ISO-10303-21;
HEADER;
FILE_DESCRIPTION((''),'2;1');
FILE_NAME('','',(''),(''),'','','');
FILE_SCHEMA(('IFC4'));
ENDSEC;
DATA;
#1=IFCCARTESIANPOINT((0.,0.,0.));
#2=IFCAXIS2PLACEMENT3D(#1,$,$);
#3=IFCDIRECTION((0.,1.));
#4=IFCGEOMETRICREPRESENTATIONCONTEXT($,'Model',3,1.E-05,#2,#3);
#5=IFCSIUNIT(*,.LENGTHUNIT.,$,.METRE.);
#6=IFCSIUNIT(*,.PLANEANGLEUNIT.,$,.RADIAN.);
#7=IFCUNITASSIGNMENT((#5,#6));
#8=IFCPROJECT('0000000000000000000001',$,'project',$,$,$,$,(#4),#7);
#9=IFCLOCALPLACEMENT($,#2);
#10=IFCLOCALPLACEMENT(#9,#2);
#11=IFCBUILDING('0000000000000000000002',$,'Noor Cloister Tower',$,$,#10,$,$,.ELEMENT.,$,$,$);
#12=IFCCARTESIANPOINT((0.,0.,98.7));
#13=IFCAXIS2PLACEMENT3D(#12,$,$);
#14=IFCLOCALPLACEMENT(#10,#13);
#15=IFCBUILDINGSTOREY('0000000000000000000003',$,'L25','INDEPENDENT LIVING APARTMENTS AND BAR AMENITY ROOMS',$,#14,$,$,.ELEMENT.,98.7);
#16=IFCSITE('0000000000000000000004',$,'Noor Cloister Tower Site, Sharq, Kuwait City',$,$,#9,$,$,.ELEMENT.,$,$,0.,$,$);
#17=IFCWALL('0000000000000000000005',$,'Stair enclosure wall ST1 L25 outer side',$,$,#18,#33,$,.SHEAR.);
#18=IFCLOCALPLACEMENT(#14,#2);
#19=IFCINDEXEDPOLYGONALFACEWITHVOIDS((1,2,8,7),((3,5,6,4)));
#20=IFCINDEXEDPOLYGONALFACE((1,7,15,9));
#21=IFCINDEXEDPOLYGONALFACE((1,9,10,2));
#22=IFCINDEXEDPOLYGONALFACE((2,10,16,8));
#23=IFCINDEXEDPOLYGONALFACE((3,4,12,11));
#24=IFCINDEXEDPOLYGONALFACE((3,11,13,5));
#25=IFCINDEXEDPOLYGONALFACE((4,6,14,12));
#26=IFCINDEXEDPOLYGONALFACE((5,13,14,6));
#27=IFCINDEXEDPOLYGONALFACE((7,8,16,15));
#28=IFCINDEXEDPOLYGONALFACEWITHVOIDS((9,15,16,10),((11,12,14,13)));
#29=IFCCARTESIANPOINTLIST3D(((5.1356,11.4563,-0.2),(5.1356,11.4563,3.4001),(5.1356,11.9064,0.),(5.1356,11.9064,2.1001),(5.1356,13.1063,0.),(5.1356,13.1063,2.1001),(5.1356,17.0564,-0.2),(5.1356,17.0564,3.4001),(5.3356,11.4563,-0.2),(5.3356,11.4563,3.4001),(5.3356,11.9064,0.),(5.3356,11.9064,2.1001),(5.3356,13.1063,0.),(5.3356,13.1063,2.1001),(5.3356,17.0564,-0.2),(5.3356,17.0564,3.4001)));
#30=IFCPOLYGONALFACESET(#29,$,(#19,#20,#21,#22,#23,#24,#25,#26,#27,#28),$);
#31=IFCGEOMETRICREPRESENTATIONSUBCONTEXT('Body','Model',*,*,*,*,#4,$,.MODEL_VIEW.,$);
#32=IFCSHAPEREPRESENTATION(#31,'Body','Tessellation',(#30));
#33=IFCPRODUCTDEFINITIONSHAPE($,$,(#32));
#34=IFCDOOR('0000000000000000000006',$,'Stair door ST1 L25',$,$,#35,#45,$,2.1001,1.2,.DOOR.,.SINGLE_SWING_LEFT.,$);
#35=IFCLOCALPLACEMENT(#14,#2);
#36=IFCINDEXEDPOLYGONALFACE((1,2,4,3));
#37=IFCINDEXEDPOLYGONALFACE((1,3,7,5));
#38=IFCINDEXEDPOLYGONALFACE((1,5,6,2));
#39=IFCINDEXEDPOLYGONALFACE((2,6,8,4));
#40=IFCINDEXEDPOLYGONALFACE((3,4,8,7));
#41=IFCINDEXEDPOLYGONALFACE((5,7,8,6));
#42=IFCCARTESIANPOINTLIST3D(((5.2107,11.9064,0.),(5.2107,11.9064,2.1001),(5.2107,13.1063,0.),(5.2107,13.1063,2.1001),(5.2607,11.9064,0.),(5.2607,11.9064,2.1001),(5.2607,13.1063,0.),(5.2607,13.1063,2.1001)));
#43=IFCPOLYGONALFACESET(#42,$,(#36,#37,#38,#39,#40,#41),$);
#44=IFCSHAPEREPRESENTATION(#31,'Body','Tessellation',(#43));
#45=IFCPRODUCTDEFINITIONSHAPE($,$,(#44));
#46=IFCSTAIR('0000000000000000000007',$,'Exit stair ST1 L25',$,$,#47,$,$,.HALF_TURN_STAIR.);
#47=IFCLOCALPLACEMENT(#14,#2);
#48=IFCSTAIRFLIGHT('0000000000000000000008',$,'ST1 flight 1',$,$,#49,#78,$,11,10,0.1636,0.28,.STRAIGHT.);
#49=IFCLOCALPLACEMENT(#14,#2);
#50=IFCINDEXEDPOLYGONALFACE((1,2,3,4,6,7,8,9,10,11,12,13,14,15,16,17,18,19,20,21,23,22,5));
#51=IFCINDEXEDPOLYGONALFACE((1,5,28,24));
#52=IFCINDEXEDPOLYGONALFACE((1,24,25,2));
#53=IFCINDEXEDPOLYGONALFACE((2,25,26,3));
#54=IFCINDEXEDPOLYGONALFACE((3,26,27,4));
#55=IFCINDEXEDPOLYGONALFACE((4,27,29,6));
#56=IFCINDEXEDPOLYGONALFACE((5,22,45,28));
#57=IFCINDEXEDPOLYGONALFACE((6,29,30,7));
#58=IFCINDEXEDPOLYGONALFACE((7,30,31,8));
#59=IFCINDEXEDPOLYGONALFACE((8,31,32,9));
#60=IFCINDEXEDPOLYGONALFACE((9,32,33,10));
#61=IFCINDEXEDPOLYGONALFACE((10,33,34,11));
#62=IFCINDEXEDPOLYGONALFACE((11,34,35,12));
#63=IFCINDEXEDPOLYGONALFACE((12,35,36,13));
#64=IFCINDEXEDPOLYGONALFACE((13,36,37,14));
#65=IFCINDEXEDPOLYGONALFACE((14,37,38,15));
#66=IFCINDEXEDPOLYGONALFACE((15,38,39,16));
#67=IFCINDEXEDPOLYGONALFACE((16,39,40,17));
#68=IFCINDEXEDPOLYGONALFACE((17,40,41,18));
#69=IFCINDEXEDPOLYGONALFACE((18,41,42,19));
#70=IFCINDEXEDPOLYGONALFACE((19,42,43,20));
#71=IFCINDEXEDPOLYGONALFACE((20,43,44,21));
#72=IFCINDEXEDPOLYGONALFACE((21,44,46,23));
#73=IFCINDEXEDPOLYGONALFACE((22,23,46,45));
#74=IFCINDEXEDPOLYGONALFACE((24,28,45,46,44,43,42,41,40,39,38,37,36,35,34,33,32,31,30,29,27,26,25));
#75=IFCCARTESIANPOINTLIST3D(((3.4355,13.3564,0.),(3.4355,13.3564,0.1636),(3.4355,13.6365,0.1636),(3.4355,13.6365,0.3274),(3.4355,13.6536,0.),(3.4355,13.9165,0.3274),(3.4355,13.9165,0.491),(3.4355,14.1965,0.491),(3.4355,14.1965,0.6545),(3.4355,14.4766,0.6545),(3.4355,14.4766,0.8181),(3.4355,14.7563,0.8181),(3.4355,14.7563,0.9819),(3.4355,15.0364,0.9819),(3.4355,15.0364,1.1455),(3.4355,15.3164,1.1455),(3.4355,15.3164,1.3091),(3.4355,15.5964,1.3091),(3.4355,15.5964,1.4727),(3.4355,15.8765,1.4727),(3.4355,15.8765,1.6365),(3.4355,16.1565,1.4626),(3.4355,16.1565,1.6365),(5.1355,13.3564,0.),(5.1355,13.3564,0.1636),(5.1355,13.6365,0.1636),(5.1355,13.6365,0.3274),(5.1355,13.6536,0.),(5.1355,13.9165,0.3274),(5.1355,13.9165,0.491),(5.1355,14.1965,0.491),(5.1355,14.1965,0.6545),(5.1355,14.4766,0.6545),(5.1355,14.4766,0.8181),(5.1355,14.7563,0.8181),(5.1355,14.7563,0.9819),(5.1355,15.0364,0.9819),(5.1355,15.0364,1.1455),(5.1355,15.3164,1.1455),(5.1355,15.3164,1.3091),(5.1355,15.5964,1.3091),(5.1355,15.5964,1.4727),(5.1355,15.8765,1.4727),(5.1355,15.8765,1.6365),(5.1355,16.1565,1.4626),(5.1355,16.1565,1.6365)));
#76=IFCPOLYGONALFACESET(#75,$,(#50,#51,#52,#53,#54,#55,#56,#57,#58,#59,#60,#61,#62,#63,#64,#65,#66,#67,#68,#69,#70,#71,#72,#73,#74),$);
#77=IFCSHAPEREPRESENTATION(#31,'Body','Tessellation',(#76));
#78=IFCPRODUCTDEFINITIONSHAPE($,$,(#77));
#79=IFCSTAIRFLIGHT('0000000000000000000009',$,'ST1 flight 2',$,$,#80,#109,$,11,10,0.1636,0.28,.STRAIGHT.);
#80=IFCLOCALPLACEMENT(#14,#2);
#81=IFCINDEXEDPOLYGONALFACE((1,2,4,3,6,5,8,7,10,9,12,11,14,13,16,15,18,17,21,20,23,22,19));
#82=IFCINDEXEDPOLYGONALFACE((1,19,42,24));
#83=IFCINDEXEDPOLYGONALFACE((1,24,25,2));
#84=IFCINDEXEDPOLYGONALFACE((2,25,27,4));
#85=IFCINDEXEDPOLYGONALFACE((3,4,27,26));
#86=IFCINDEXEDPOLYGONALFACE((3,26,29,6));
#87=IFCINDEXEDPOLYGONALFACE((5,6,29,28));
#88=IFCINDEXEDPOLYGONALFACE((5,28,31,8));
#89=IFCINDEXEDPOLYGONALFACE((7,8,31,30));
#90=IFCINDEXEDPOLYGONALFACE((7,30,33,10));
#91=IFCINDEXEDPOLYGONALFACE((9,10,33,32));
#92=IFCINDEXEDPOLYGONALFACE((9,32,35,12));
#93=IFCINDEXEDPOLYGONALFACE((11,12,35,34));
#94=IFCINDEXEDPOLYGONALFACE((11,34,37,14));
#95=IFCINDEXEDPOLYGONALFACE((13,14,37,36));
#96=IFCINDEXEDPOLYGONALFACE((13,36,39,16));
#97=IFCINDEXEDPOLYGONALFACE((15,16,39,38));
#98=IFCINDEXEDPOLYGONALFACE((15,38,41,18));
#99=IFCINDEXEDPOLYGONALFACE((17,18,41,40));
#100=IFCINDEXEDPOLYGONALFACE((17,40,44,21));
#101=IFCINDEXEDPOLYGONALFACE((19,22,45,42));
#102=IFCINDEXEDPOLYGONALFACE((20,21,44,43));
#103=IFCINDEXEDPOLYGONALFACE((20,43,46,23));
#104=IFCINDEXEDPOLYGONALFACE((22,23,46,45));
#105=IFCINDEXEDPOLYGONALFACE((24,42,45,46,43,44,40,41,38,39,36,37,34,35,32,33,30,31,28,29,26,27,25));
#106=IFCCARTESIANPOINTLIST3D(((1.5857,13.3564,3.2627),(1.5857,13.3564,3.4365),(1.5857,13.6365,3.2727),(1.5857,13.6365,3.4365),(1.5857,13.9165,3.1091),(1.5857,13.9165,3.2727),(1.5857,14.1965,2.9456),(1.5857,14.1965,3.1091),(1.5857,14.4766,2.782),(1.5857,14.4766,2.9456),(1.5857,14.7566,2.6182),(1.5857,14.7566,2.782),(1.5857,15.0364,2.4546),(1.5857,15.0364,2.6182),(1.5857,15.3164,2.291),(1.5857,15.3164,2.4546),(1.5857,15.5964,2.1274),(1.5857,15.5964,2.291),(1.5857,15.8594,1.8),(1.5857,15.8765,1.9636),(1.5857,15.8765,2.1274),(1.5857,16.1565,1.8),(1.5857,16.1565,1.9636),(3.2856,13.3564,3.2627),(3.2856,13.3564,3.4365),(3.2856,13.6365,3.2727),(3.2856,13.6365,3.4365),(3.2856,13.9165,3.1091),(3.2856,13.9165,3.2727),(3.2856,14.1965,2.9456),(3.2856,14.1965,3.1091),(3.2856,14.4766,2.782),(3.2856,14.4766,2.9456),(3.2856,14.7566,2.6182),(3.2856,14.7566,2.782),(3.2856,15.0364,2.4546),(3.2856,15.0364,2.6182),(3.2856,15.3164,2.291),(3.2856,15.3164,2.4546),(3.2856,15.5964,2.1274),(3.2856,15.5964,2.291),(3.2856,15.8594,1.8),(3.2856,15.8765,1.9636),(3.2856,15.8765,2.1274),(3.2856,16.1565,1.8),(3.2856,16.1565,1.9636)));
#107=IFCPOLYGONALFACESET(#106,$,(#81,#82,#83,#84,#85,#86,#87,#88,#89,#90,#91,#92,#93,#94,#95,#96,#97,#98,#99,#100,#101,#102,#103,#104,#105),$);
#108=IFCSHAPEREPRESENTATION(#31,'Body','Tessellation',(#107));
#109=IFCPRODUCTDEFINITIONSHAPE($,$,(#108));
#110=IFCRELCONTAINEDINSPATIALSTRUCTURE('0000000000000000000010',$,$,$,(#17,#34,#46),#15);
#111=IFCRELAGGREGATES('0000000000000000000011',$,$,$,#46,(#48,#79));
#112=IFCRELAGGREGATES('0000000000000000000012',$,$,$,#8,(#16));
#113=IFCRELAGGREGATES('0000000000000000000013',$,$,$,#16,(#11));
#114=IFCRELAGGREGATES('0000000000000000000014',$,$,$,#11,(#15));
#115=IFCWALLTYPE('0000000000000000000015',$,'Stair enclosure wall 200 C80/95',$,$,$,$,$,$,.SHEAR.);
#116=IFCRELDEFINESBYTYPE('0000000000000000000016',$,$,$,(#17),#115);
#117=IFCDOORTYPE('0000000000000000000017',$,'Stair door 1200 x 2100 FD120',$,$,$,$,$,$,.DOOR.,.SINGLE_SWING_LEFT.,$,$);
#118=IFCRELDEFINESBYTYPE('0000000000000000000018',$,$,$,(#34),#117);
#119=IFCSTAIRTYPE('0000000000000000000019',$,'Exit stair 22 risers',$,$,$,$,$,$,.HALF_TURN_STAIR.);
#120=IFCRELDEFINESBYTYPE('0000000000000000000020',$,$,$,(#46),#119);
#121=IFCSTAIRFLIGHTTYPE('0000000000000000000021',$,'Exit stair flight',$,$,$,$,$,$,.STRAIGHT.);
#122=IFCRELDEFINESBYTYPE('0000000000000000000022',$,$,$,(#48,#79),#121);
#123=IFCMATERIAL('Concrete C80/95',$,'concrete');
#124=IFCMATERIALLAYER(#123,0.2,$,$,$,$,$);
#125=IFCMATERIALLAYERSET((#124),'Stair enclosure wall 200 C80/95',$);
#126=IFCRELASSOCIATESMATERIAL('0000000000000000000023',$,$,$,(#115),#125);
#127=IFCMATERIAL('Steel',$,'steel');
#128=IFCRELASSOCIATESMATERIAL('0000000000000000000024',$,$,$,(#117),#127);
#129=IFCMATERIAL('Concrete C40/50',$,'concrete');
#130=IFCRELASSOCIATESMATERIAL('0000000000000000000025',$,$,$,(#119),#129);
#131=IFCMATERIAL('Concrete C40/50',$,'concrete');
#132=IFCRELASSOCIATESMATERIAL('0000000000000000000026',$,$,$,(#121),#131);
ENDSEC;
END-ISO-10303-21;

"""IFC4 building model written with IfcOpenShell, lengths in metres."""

from ifc_helpers import new_model, si_unit, direction, frame, frame_2d, origin, place, context, subcontext, project, spatial, polyline, rectangle, outline, extrude, material, layer, layer_set, type_object, element, fill, aggregate, save


model = new_model("IFC4")

# Units and contexts
model_context = context("Model", 3, precision=1e-05, world=origin(), true_north=direction((0.0, 1.0)))
body_context = subcontext(model_context, "Body", "Model", "MODEL_VIEW")
ifc_project = project(units=[si_unit("LENGTHUNIT", "METRE"), si_unit("PLANEANGLEUNIT", "RADIAN")], contexts=[model_context])

# Site, building, storey
site_placement = place(None, origin())
site = spatial("IfcSite", under=ifc_project, at=site_placement, Name="Noor Cloister Tower Site, Sharq, Kuwait City", CompositionType="ELEMENT", RefElevation=0.0)
building_placement = place(site_placement, origin())
building = spatial("IfcBuilding", under=site, at=building_placement, Name="Noor Cloister Tower", CompositionType="ELEMENT")
storey_placement = place(building_placement, frame((0.0, 0.0, 98.7)))
storey = spatial("IfcBuildingStorey", under=building, at=storey_placement, Name="L25", Description="INDEPENDENT LIVING APARTMENTS AND BAR AMENITY ROOMS", CompositionType="ELEMENT", Elevation=98.7)

# Wall, opening, door
ifc_material_1 = material(Name="Concrete C80/95", Category="concrete")
ifc_layer_1 = layer(ifc_material_1, 0.2)
ifc_layer_set_1 = layer_set([ifc_layer_1], Name="Stair enclosure wall 200 C80/95")
wall_type_1 = type_object("IfcWallType", Name="Stair enclosure wall 200 C80/95", PredefinedType="SHEAR", material=ifc_layer_set_1)
ifc_material_2 = material(Name="Steel", Category="steel")
door_type_1 = type_object("IfcDoorType", Name="Stair door 1200 x 2100 FD120", OperationType="SINGLE_SWING_LEFT", PredefinedType="DOOR", material=ifc_material_2)
wall_1_placement = place(storey_placement, frame((5.2356, 11.4563, -0.2), z_axis=(0.0, 0.0, 1.0), x_axis=(0.0, 1.0, 0.0)))
wall_1 = element("IfcWall", 1, at=wall_1_placement, inside=storey, type_object=wall_type_1, Name="Stair enclosure wall ST1 L25 outer side", PredefinedType="SHEAR", context=body_context, shape_type="SweptSolid", body=[
    extrude(rectangle(XDim=5.6001, YDim=0.2, at=frame_2d((2.8, 0.0))), origin(), (0.0, 0.0, 1.0), 3.6001),
])
opening_1_placement = place(wall_1_placement, frame((0.45, 0.0, 0.2)))
opening_1 = element("IfcOpeningElement", 2, at=opening_1_placement, cuts=wall_1, PredefinedType="OPENING", context=body_context, shape_type="SweptSolid", body=[
    extrude(rectangle(XDim=1.2, YDim=2.1001, at=frame_2d((0.6001, 1.05))), frame((0.0, 0.1099, 0.0), z_axis=(0.0, -1.0, 0.0), x_axis=(1.0, 0.0, 0.0)), (0.0, 0.0, 1.0), 0.22),
])
door_1_placement = place(opening_1_placement, origin())
door_1 = element("IfcDoor", 3, at=door_1_placement, inside=storey, type_object=door_type_1, Name="Stair door ST1 L25", OperationType="SINGLE_SWING_LEFT", OverallHeight=2.1001, OverallWidth=1.2, PredefinedType="DOOR", context=body_context, shape_type="SweptSolid", body=[
    extrude(rectangle(XDim=1.2, YDim=2.1001, at=frame_2d((0.6001, 1.05))), frame((0.0, 0.0249, 0.0), z_axis=(0.0, -1.0, 0.0), x_axis=(1.0, 0.0, 0.0)), (0.0, 0.0, 1.0), 0.05),
])
fill(opening_1, door_1)

# Stair, stair flights
ifc_material_3 = material(Name="Concrete C40/50", Category="concrete")
stair_type = type_object("IfcStairType", Name="Exit stair 22 risers", PredefinedType="HALF_TURN_STAIR", material=ifc_material_3)
stair_placement = place(storey_placement, origin())
stair = element("IfcStair", 4, at=stair_placement, inside=storey, type_object=stair_type, Name="Exit stair ST1 L25", PredefinedType="HALF_TURN_STAIR")
ifc_material_4 = material(Name="Concrete C40/50", Category="concrete")
stair_flight_type = type_object("IfcStairFlightType", Name="Exit stair flight", PredefinedType="STRAIGHT", material=ifc_material_4)
stair_flight_1_placement = place(storey_placement, frame((4.2856, 13.3564, 0.0), z_axis=(0.0, 0.0, 1.0), x_axis=(0.0, 1.0, 0.0)))
stair_flight_1 = element("IfcStairFlight", 5, at=stair_flight_1_placement, type_object=stair_flight_type, Name="ST1 flight 1", NumberOfRisers=11, NumberOfTreads=10, PredefinedType="STRAIGHT", RiserHeight=0.1636, TreadLength=0.28, context=body_context, shape_type="SweptSolid", body=[
    extrude(outline(polyline([(0.0, 0.0), (0.0, 0.1636), (0.28, 0.1636), (0.28, 0.3274), (0.5601, 0.3274), (0.5601, 0.491), (0.8401, 0.491), (0.8401, 0.6545), (1.1201, 0.6545), (1.1201, 0.8181), (1.3999, 0.8181), (1.3999, 0.9819), (1.6799, 0.9819), (1.6799, 1.1455), (1.96, 1.1455), (1.96, 1.3091), (2.24, 1.3091), (2.24, 1.4727), (2.52, 1.4727), (2.52, 1.6365), (2.8, 1.6365), (2.8, 1.8), (2.8, 1.4626), (0.2971, 0.0), (0.0, 0.0)])), frame((0.0, 0.8501, 0.0), z_axis=(0.0, -1.0, 0.0), x_axis=(1.0, 0.0, 0.0)), (0.0, 0.0, 1.0), 1.7),
])
stair_flight_2_placement = place(storey_placement, frame((2.4355, 16.1565, 1.8), z_axis=(0.0, 0.0, 1.0), x_axis=(0.0, -1.0, 0.0)))
stair_flight_2 = element("IfcStairFlight", 6, at=stair_flight_2_placement, type_object=stair_flight_type, Name="ST1 flight 2", NumberOfRisers=11, NumberOfTreads=10, PredefinedType="STRAIGHT", RiserHeight=0.1636, TreadLength=0.28, context=body_context, shape_type="SweptSolid", body=[
    extrude(outline(polyline([(0.0, 0.0), (0.0, 0.1636), (0.28, 0.1636), (0.28, 0.3274), (0.5601, 0.3274), (0.5601, 0.491), (0.8401, 0.491), (0.8401, 0.6545), (1.1201, 0.6545), (1.1201, 0.8181), (1.3999, 0.8181), (1.3999, 0.9819), (1.6799, 0.9819), (1.6799, 1.1455), (1.96, 1.1455), (1.96, 1.3091), (2.24, 1.3091), (2.24, 1.4727), (2.52, 1.4727), (2.52, 1.6365), (2.8, 1.6365), (2.8, 1.8), (2.8, 1.4626), (0.2971, 0.0), (0.0, 0.0)])), frame((0.0, 0.8501, 0.0), z_axis=(0.0, -1.0, 0.0), x_axis=(1.0, 0.0, 0.0)), (0.0, 0.0, 1.0), 1.7),
])
aggregate(stair, [stair_flight_1, stair_flight_2])

save(model, "model.ifc")
